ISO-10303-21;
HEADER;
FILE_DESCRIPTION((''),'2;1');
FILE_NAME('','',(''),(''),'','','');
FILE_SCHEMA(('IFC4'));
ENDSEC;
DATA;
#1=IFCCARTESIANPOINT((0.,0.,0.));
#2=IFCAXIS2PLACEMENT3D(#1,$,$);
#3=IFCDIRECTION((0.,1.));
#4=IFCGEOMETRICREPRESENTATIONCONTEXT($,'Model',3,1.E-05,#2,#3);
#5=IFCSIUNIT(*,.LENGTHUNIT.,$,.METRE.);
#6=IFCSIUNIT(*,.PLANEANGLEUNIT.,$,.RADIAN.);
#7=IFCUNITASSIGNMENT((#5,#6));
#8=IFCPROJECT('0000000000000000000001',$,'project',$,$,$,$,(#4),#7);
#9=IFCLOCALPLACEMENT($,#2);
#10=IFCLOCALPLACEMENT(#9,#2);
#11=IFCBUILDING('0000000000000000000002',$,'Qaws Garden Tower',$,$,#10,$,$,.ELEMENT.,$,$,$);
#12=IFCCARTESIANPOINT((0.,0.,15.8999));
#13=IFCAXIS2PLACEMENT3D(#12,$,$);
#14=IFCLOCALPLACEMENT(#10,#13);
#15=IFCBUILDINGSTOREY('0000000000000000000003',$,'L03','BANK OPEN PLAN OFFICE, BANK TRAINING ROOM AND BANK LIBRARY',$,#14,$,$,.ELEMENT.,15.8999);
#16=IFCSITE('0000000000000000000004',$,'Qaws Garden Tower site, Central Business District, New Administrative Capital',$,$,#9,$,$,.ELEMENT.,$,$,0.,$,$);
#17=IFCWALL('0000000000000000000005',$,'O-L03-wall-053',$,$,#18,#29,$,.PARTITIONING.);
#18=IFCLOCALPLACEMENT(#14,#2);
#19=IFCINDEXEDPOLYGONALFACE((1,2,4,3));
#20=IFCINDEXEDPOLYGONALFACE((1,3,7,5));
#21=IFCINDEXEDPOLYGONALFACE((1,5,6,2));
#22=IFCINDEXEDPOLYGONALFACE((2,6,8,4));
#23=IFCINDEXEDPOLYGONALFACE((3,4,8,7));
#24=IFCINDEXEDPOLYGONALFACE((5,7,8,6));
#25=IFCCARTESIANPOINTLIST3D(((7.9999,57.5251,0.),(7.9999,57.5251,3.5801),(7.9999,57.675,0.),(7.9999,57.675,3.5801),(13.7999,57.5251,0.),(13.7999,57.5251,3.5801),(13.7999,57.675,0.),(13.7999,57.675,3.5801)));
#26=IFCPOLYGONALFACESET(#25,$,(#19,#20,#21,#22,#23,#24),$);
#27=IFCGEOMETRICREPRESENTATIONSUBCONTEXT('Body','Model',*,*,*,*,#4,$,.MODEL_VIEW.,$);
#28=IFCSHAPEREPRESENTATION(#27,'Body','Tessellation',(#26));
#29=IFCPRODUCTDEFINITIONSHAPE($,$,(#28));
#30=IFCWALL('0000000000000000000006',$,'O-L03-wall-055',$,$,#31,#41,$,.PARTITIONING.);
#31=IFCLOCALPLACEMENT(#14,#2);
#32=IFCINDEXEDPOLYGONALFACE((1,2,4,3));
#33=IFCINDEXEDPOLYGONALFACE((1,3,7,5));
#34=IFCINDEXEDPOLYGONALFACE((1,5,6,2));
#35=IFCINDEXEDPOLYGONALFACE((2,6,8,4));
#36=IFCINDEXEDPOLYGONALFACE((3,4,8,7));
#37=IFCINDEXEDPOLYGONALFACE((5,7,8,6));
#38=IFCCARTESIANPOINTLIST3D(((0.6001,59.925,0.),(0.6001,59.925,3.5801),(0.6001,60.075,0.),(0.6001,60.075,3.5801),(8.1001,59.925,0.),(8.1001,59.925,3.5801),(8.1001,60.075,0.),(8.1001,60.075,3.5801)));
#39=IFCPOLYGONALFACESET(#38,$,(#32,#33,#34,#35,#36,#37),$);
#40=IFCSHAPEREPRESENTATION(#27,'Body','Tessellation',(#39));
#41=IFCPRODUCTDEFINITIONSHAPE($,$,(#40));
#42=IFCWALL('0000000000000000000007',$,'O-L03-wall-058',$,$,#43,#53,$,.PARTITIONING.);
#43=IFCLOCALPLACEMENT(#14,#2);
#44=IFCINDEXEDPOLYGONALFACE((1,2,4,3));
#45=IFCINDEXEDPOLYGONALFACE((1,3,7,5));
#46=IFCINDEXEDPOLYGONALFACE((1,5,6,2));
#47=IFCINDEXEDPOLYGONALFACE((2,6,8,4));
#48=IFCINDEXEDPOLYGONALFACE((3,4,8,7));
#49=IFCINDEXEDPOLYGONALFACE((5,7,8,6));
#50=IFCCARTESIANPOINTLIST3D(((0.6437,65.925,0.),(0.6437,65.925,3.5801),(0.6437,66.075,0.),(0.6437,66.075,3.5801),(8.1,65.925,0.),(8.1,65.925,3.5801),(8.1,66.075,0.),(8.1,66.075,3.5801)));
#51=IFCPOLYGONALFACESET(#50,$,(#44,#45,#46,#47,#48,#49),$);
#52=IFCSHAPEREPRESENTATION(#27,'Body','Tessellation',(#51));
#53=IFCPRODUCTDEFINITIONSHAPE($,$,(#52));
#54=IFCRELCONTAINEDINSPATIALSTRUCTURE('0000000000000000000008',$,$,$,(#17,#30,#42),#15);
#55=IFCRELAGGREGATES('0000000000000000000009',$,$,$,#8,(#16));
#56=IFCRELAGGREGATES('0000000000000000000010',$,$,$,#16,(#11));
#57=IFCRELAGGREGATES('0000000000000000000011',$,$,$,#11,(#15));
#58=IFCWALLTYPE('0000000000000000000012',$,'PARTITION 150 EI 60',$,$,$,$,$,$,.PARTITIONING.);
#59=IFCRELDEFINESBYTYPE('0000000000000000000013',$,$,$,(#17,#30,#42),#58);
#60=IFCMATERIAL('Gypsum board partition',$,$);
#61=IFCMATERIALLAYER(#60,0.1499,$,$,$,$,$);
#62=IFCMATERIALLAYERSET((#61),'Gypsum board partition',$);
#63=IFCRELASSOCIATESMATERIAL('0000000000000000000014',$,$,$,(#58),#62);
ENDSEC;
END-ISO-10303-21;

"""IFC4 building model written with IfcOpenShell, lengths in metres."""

from ifc_helpers import new_model, si_unit, direction, frame, frame_2d, origin, place, context, subcontext, project, spatial, rectangle, extrude, material, layer, layer_set, type_object, element, save


model = new_model("IFC4")

# Units and contexts
model_context = context("Model", 3, precision=1e-05, world=origin(), true_north=direction((0.0, 1.0)))
body_context = subcontext(model_context, "Body", "Model", "MODEL_VIEW")
ifc_project = project(units=[si_unit("LENGTHUNIT", "METRE"), si_unit("PLANEANGLEUNIT", "RADIAN")], contexts=[model_context])

# Site, building, storey
site_placement = place(None, origin())
site = spatial("IfcSite", under=ifc_project, at=site_placement, Name="Qaws Garden Tower site, Central Business District, New Administrative Capital", CompositionType="ELEMENT", RefElevation=0.0)
building_placement = place(site_placement, origin())
building = spatial("IfcBuilding", under=site, at=building_placement, Name="Qaws Garden Tower", CompositionType="ELEMENT")
storey_placement = place(building_placement, frame((0.0, 0.0, 15.8999)))
storey = spatial("IfcBuildingStorey", under=building, at=storey_placement, Name="L03", Description="BANK OPEN PLAN OFFICE, BANK TRAINING ROOM AND BANK LIBRARY", CompositionType="ELEMENT", Elevation=15.8999)

# Shared definitions
ifc_material_1 = material(Name="Gypsum board partition")
ifc_layer_1 = layer(ifc_material_1, 0.1499)
ifc_layer_set_1 = layer_set([ifc_layer_1], Name="Gypsum board partition")
wall_type_1 = type_object("IfcWallType", Name="PARTITION 150 EI 60", PredefinedType="PARTITIONING", material=ifc_layer_set_1)

# Walls
wall_1_placement = place(storey_placement, frame((8.0, 57.6001, 0.0), z_axis=(0.0, 0.0, 1.0), x_axis=(1.0, 0.0, 0.0)))
element("IfcWall", 1, at=wall_1_placement, inside=storey, type_object=wall_type_1, Name="O-L03-wall-053", PredefinedType="PARTITIONING", context=body_context, shape_type="SweptSolid", body=[
    extrude(rectangle(XDim=5.8, YDim=0.1499, at=frame_2d((2.8999, 0.0))), origin(), (0.0, 0.0, 1.0), 3.5801),
])
wall_2_placement = place(storey_placement, frame((0.6001, 60.0, 0.0), z_axis=(0.0, 0.0, 1.0), x_axis=(1.0, 0.0, 0.0)))
element("IfcWall", 2, at=wall_2_placement, inside=storey, type_object=wall_type_1, Name="O-L03-wall-055", PredefinedType="PARTITIONING", context=body_context, shape_type="SweptSolid", body=[
    extrude(rectangle(XDim=7.5, YDim=0.1499, at=frame_2d((3.75, 0.0))), origin(), (0.0, 0.0, 1.0), 3.5801),
])
wall_3_placement = place(storey_placement, frame((0.6438, 66.0, 0.0), z_axis=(0.0, 0.0, 1.0), x_axis=(1.0, 0.0, 0.0)))
element("IfcWall", 3, at=wall_3_placement, inside=storey, type_object=wall_type_1, Name="O-L03-wall-058", PredefinedType="PARTITIONING", context=body_context, shape_type="SweptSolid", body=[
    extrude(rectangle(XDim=7.4563, YDim=0.1499, at=frame_2d((3.728, 0.0))), origin(), (0.0, 0.0, 1.0), 3.5801),
])

save(model, "model.ifc")
